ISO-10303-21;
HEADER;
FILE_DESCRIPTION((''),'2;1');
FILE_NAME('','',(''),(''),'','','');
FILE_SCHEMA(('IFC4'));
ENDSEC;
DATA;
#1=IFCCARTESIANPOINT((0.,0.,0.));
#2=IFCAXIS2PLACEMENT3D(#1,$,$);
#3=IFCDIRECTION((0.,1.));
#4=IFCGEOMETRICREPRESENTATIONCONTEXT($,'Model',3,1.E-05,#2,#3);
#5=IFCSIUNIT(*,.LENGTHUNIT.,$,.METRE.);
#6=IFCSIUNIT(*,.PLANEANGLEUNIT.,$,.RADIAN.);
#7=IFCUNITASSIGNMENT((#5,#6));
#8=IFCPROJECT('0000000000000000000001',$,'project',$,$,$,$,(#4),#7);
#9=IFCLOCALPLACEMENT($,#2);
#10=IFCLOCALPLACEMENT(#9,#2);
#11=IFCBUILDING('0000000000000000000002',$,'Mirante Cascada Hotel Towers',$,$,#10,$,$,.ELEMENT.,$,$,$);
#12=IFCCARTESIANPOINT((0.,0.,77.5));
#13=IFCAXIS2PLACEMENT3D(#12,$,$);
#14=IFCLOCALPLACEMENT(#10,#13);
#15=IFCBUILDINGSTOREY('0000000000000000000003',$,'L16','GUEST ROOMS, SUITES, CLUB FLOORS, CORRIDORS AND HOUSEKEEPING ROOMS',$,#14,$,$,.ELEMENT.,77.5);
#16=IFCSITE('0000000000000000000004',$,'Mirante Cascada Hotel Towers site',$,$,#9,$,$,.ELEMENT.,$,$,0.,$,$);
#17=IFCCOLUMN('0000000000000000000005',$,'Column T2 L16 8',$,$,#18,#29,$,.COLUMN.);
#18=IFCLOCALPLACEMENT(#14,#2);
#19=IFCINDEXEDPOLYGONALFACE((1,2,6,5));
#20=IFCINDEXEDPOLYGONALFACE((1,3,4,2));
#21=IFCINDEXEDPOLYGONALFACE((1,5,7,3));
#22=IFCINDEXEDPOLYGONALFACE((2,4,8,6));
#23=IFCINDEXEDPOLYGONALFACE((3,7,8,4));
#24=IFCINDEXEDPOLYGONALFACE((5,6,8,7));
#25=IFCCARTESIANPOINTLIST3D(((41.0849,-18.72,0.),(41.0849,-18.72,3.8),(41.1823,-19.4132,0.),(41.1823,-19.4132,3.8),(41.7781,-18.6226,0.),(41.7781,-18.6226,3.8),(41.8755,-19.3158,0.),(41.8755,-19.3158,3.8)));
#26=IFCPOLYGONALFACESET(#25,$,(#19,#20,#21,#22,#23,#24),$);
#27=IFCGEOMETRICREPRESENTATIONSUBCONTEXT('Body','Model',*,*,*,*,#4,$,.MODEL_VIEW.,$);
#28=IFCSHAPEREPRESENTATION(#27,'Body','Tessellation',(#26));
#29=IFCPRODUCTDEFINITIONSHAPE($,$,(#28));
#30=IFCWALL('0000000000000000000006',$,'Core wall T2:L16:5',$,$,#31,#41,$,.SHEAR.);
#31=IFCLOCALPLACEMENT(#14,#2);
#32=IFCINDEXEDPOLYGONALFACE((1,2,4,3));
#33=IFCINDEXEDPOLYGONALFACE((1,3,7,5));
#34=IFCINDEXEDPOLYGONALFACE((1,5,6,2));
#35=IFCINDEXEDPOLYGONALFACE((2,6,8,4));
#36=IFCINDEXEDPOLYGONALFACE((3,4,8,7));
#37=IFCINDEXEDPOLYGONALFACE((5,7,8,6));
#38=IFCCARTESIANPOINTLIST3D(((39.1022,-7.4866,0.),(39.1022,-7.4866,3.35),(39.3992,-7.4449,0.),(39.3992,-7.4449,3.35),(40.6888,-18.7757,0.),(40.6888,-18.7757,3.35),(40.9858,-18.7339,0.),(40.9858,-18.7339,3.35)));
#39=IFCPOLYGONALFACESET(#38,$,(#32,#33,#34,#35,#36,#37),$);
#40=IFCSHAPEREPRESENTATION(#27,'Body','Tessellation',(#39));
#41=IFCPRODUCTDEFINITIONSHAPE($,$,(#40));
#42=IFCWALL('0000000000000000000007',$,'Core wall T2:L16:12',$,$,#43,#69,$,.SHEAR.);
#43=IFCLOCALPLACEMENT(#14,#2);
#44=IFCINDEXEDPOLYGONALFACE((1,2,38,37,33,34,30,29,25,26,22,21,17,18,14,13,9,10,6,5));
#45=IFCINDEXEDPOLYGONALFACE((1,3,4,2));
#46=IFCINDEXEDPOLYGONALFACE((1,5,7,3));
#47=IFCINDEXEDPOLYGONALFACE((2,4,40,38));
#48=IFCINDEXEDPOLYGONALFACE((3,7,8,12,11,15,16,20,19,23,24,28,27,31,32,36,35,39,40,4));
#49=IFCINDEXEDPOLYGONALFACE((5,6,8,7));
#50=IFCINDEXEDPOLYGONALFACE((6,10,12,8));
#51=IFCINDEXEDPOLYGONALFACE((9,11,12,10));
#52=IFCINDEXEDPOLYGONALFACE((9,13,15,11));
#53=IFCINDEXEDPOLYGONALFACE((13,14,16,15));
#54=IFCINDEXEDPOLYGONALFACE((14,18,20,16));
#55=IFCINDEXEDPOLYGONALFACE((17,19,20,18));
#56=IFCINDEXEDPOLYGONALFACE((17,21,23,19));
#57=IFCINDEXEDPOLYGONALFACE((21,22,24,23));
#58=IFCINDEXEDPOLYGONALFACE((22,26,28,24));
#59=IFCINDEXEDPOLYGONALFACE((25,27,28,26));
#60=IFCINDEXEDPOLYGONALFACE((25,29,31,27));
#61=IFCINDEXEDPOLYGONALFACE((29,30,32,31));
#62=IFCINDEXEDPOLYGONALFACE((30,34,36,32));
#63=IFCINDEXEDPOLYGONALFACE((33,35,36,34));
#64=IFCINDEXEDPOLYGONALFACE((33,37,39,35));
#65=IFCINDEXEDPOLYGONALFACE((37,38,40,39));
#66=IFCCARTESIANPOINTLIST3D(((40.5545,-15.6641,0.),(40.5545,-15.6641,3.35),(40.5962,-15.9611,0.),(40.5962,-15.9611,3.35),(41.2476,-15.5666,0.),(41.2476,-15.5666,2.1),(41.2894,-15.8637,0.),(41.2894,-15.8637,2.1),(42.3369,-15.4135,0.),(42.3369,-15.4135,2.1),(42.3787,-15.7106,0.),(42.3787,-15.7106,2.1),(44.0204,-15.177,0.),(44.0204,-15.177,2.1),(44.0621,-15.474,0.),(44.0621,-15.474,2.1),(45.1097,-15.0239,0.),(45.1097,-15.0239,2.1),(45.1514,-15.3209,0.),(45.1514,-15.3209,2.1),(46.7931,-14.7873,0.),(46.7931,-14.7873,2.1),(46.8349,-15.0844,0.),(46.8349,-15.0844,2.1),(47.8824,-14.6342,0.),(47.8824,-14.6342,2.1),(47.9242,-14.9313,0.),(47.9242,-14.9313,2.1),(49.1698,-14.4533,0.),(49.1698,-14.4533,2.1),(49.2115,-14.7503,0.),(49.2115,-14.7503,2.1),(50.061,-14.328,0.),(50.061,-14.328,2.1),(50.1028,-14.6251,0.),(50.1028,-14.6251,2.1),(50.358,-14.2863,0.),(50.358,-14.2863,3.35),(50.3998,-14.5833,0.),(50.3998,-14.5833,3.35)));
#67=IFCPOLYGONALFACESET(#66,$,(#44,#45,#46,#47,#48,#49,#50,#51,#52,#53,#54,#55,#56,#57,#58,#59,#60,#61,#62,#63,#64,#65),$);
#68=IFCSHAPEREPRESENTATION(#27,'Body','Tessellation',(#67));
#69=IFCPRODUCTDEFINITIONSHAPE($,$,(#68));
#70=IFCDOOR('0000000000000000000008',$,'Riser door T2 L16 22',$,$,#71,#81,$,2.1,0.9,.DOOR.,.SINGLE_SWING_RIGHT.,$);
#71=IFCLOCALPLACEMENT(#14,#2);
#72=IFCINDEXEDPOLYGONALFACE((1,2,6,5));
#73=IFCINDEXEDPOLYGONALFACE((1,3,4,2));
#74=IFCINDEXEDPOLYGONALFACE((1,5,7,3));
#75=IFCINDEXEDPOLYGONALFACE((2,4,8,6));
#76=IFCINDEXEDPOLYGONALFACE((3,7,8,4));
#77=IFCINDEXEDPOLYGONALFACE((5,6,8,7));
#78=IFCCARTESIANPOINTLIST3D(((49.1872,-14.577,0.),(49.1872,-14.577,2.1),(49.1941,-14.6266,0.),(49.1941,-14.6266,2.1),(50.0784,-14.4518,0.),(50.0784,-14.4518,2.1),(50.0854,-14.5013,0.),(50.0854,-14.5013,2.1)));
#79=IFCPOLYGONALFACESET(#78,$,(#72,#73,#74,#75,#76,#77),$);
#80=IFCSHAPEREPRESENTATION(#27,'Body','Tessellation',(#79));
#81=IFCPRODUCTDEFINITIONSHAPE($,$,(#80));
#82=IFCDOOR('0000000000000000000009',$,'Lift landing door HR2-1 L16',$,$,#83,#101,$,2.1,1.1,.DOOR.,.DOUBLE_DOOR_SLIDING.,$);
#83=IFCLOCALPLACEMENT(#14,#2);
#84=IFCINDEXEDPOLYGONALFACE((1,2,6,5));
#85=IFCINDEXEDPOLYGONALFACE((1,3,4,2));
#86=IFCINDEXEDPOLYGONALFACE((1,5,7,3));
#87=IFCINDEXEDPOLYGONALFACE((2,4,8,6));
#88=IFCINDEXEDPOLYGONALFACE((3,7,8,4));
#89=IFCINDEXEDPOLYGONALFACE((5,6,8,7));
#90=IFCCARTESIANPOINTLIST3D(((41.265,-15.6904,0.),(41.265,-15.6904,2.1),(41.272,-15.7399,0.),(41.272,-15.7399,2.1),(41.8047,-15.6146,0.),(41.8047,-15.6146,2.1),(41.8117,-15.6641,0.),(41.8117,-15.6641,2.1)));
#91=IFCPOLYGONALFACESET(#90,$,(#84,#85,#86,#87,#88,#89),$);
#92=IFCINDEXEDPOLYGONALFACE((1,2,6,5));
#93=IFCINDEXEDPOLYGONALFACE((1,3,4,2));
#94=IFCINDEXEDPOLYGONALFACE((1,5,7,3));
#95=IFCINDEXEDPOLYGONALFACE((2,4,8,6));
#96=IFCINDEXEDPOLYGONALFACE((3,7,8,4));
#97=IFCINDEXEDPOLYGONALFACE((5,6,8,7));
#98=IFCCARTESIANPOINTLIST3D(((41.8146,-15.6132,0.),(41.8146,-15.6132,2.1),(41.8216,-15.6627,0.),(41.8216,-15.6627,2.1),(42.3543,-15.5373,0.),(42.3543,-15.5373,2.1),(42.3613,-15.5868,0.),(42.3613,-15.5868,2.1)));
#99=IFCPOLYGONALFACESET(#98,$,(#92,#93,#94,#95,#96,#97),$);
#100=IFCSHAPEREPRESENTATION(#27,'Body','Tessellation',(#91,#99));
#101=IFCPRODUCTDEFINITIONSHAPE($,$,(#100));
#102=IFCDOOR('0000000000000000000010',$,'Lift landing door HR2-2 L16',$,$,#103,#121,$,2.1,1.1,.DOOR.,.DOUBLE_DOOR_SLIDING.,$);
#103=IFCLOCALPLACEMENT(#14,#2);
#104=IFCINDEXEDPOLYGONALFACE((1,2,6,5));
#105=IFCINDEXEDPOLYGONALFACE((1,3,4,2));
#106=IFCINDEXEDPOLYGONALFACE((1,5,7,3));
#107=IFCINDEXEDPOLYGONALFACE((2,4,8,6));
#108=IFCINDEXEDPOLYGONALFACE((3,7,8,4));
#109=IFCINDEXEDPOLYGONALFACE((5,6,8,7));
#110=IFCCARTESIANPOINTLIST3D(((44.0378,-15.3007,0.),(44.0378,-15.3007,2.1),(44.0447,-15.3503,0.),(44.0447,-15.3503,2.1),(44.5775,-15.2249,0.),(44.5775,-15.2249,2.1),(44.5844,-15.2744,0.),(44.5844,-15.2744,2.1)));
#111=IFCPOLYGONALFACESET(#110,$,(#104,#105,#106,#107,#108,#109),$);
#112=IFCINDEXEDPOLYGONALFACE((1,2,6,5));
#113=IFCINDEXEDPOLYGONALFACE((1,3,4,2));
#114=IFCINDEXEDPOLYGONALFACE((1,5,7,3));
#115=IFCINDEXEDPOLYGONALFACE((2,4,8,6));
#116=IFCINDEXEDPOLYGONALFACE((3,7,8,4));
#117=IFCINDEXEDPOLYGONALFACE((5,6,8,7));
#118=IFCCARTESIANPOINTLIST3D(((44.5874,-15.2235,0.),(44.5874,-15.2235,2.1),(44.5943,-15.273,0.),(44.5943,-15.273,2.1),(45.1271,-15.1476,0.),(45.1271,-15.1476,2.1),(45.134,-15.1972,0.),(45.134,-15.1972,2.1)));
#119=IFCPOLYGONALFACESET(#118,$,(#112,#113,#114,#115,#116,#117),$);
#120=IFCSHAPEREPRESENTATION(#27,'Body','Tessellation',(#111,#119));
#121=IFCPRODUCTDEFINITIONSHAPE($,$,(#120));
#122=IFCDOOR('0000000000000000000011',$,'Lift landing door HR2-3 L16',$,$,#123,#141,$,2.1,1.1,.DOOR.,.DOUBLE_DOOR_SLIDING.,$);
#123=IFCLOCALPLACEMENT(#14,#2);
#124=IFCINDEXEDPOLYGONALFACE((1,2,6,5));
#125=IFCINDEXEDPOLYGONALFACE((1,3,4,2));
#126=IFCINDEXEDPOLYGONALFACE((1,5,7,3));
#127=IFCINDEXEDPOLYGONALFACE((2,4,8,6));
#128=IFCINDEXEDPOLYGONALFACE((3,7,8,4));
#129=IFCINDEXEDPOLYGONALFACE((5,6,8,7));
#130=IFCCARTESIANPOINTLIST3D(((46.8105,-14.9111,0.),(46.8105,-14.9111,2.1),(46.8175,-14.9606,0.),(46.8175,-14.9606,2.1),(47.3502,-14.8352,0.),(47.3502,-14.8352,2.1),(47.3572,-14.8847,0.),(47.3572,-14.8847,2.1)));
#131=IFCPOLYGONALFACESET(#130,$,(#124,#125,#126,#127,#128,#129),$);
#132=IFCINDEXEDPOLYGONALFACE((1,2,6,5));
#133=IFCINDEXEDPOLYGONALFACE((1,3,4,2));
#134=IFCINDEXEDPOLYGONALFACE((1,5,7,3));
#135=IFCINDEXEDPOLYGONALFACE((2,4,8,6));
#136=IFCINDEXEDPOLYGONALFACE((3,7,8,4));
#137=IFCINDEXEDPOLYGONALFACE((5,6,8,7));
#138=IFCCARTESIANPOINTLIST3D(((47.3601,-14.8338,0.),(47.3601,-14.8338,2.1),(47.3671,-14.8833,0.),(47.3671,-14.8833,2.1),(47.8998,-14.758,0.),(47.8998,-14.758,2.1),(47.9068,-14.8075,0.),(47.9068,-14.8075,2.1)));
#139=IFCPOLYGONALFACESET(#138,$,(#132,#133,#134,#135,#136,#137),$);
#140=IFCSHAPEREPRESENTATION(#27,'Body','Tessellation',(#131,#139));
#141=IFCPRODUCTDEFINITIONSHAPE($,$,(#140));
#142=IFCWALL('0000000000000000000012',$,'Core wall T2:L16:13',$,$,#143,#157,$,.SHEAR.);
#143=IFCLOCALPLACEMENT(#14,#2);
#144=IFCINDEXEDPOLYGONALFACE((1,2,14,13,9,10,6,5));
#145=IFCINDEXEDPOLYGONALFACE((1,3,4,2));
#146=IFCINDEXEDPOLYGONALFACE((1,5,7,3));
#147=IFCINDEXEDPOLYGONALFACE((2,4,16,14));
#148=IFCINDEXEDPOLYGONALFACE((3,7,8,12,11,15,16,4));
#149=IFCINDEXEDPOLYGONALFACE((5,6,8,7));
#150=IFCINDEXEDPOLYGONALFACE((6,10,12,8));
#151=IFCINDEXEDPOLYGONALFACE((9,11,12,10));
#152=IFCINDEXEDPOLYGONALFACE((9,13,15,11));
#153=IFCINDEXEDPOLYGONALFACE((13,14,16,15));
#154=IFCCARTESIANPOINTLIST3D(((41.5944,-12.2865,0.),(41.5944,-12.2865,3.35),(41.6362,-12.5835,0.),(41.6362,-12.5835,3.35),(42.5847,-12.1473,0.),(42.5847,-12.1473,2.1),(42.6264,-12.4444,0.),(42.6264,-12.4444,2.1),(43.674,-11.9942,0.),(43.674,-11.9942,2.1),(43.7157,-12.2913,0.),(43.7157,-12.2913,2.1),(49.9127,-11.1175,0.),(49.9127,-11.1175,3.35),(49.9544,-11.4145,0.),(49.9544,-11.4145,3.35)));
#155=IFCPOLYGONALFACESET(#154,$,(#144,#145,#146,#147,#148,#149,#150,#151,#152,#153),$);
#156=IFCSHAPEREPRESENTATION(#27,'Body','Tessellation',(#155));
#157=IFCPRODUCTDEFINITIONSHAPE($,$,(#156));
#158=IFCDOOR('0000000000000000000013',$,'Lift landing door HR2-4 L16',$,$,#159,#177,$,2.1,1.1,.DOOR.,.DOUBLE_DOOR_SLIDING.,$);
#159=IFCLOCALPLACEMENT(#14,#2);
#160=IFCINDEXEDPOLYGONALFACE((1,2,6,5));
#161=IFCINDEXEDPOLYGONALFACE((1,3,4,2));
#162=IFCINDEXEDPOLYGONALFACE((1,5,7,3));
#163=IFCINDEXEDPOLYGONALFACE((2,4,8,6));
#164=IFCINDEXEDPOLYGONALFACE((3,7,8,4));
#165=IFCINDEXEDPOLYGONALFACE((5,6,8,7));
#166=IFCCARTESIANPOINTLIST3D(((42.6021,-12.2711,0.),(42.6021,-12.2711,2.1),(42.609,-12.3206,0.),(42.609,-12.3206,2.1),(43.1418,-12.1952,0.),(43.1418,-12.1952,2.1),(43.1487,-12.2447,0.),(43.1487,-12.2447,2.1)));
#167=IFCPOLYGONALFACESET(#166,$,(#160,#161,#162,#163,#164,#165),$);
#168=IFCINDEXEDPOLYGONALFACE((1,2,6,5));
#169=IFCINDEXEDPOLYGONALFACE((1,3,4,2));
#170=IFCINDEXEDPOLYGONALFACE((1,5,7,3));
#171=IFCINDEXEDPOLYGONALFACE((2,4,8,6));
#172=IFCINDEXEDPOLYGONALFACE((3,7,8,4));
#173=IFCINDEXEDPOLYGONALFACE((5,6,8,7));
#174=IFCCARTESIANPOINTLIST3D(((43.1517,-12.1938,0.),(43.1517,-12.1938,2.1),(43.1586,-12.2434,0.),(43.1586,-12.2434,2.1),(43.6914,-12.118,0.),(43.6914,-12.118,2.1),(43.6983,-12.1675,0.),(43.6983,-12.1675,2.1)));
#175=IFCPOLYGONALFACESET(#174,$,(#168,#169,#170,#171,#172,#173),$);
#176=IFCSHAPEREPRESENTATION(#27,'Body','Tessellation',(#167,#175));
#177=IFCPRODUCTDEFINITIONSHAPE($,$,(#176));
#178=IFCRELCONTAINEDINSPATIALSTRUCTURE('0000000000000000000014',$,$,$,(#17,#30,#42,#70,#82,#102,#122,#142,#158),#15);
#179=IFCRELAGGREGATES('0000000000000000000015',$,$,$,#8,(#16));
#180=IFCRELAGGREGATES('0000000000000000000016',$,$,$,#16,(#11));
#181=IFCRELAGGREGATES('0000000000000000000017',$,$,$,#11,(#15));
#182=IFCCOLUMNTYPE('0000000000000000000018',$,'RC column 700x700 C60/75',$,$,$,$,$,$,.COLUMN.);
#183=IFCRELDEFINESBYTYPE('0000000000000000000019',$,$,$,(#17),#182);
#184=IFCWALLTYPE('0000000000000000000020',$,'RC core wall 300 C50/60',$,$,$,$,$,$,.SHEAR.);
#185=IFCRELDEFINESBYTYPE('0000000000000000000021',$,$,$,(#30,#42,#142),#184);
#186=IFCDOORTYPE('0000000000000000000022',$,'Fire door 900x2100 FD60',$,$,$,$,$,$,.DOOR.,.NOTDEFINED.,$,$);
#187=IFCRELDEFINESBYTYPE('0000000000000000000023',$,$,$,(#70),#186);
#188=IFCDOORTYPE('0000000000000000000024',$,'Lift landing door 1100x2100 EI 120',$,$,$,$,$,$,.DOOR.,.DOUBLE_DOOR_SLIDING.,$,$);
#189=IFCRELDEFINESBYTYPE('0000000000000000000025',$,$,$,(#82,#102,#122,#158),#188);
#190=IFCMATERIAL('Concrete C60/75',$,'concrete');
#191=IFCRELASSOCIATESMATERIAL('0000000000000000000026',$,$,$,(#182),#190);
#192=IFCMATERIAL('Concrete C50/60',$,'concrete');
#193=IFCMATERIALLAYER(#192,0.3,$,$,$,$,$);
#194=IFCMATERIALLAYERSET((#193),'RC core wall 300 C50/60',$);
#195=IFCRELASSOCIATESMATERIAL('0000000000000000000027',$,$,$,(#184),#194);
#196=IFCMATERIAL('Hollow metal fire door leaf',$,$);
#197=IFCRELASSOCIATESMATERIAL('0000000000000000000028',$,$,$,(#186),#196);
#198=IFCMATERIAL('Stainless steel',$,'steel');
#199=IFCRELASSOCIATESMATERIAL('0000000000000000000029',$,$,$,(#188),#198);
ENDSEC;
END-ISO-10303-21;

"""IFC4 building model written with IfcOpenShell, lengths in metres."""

from ifc_helpers import new_model, si_unit, direction, frame, frame_2d, origin, origin_2d, place, context, subcontext, project, spatial, rectangle, extrude, material, layer, layer_set, material_profile, profile_set, type_object, element, fill, save


model = new_model("IFC4")

# Units and contexts
model_context = context("Model", 3, precision=1e-05, world=origin(), true_north=direction((0.0, 1.0)))
body_context = subcontext(model_context, "Body", "Model", "MODEL_VIEW")
ifc_project = project(units=[si_unit("LENGTHUNIT", "METRE"), si_unit("PLANEANGLEUNIT", "RADIAN")], contexts=[model_context])

# Site, building, storey
site_placement = place(None, origin())
site = spatial("IfcSite", under=ifc_project, at=site_placement, Name="Mirante Cascada Hotel Towers site", CompositionType="ELEMENT", RefElevation=0.0)
building_placement = place(site_placement, origin())
building = spatial("IfcBuilding", under=site, at=building_placement, Name="Mirante Cascada Hotel Towers", CompositionType="ELEMENT")
storey_placement = place(building_placement, frame((0.0, 0.0, 77.5)))
storey = spatial("IfcBuildingStorey", under=building, at=storey_placement, Name="L16", Description="GUEST ROOMS, SUITES, CLUB FLOORS, CORRIDORS AND HOUSEKEEPING ROOMS", CompositionType="ELEMENT", Elevation=77.5)

# Column
ifc_material_1 = material(Name="Concrete C60/75", Category="concrete")
ifc_material_profile = material_profile(ifc_material_1, rectangle(XDim=0.7, YDim=0.7, at=origin_2d()), Name="RC column 700x700 C60/75")
ifc_profile_set = profile_set([ifc_material_profile], Name="Concrete C60/75")
column_type = type_object("IfcColumnType", Name="RC column 700x700 C60/75", PredefinedType="COLUMN", material=ifc_profile_set)
column_placement = place(storey_placement, frame((41.4802, -19.0179, 0.0), z_axis=(0.0, 0.0, 1.0), x_axis=(0.990268, 0.139173, 0.0)))
element("IfcColumn", 1, at=column_placement, inside=storey, type_object=column_type, Name="Column T2 L16 8", PredefinedType="COLUMN", context=body_context, shape_type="SweptSolid", body=[
    extrude(rectangle(XDim=0.7, YDim=0.7, at=origin_2d()), origin(), (0.0, 0.0, 1.0), 3.8),
])

# Wall
ifc_material_2 = material(Name="Concrete C50/60", Category="concrete")
ifc_layer_1 = layer(ifc_material_2, 0.3)
ifc_layer_set_1 = layer_set([ifc_layer_1], Name="RC core wall 300 C50/60")
wall_type_1 = type_object("IfcWallType", Name="RC core wall 300 C50/60", PredefinedType="SHEAR", material=ifc_layer_set_1)
wall_1_placement = place(storey_placement, frame((40.8373, -18.7548, 0.0), z_axis=(0.0, 0.0, 1.0), x_axis=(-0.139175, 0.990268, 0.0)))
element("IfcWall", 2, at=wall_1_placement, inside=storey, type_object=wall_type_1, Name="Core wall T2:L16:5", PredefinedType="SHEAR", context=body_context, shape_type="SweptSolid", body=[
    extrude(rectangle(XDim=11.4, YDim=0.3, at=frame_2d((5.7, 0.0))), origin(), (0.0, 0.0, 1.0), 3.35),
])

# Wall, openings, doors
wall_2_placement = place(storey_placement, frame((40.5753, -15.8126, 0.0), z_axis=(0.0, 0.0, 1.0), x_axis=(0.990268, 0.139173, 0.0)))
wall_2 = element("IfcWall", 3, at=wall_2_placement, inside=storey, type_object=wall_type_1, Name="Core wall T2:L16:12", PredefinedType="SHEAR", context=body_context, shape_type="SweptSolid", body=[
    extrude(rectangle(XDim=9.8999, YDim=0.3, at=frame_2d((4.95, 0.0))), origin(), (0.0, 0.0, 1.0), 3.35),
])
opening_1_placement = place(wall_2_placement, frame((0.7, 0.0, 0.0)))
opening_1 = element("IfcOpeningElement", 4, at=opening_1_placement, cuts=wall_2, PredefinedType="OPENING", context=body_context, shape_type="SweptSolid", body=[
    extrude(rectangle(XDim=1.1, YDim=2.1, at=frame_2d((0.55, 1.05))), frame((0.0, 0.15, 0.0), z_axis=(0.0, -1.0, 0.0), x_axis=(1.0, 0.0, 0.0)), (0.0, 0.0, 1.0), 0.3),
])
opening_2_placement = place(wall_2_placement, frame((3.5, 0.0, 0.0)))
opening_2 = element("IfcOpeningElement", 5, at=opening_2_placement, cuts=wall_2, PredefinedType="OPENING", context=body_context, shape_type="SweptSolid", body=[
    extrude(rectangle(XDim=1.1, YDim=2.1, at=frame_2d((0.55, 1.05))), frame((0.0, 0.15, 0.0), z_axis=(0.0, -1.0, 0.0), x_axis=(1.0, 0.0, 0.0)), (0.0, 0.0, 1.0), 0.3),
])
opening_3_placement = place(wall_2_placement, frame((6.3, 0.0, 0.0)))
opening_3 = element("IfcOpeningElement", 6, at=opening_3_placement, cuts=wall_2, PredefinedType="OPENING", context=body_context, shape_type="SweptSolid", body=[
    extrude(rectangle(XDim=1.1, YDim=2.1, at=frame_2d((0.55, 1.05))), frame((0.0, 0.15, 0.0), z_axis=(0.0, -1.0, 0.0), x_axis=(1.0, 0.0, 0.0)), (0.0, 0.0, 1.0), 0.3),
])
opening_4_placement = place(wall_2_placement, frame((8.7, 0.0, 0.0)))
opening_4 = element("IfcOpeningElement", 7, at=opening_4_placement, cuts=wall_2, PredefinedType="OPENING", context=body_context, shape_type="SweptSolid", body=[
    extrude(rectangle(XDim=0.9, YDim=2.1, at=frame_2d((0.45, 1.05))), frame((0.0, 0.15, 0.0), z_axis=(0.0, -1.0, 0.0), x_axis=(1.0, 0.0, 0.0)), (0.0, 0.0, 1.0), 0.3),
])
ifc_material_3 = material(Name="Hollow metal fire door leaf")
door_type_1 = type_object("IfcDoorType", Name="Fire door 900x2100 FD60", OperationType="NOTDEFINED", PredefinedType="DOOR", material=ifc_material_3)
door_1_placement = place(opening_4_placement, frame((0.9, 0.0, 0.0), z_axis=(0.0, 0.0, 1.0), x_axis=(-1.0, 0.0, 0.0)))
door_1 = element("IfcDoor", 8, at=door_1_placement, inside=storey, type_object=door_type_1, Name="Riser door T2 L16 22", OperationType="SINGLE_SWING_RIGHT", OverallHeight=2.1, OverallWidth=0.9, PredefinedType="DOOR", context=body_context, shape_type="SweptSolid", body=[
    extrude(rectangle(XDim=0.9, YDim=2.1, at=frame_2d((0.45, 1.05))), frame((0.0, 0.025, 0.0), z_axis=(0.0, -1.0, 0.0), x_axis=(1.0, 0.0, 0.0)), (0.0, 0.0, 1.0), 0.05),
])
fill(opening_4, door_1)
ifc_material_4 = material(Name="Stainless steel", Category="steel")
door_type_2 = type_object("IfcDoorType", Name="Lift landing door 1100x2100 EI 120", OperationType="DOUBLE_DOOR_SLIDING", PredefinedType="DOOR", material=ifc_material_4)
door_2_placement = place(opening_1_placement, origin())
door_2 = element("IfcDoor", 9, at=door_2_placement, inside=storey, type_object=door_type_2, Name="Lift landing door HR2-1 L16", OperationType="DOUBLE_DOOR_SLIDING", OverallHeight=2.1, OverallWidth=1.1, PredefinedType="DOOR", context=body_context, shape_type="SweptSolid", body=[
    extrude(rectangle(XDim=0.545, YDim=2.1, at=frame_2d((0.2725, 1.05))), frame((0.0, 0.025, 0.0), z_axis=(0.0, -1.0, 0.0), x_axis=(1.0, 0.0, 0.0)), (0.0, 0.0, 1.0), 0.05),
    extrude(rectangle(XDim=0.545, YDim=2.1, at=frame_2d((0.8275, 1.05))), frame((0.0, 0.025, 0.0), z_axis=(0.0, -1.0, 0.0), x_axis=(1.0, 0.0, 0.0)), (0.0, 0.0, 1.0), 0.05),
])
fill(opening_1, door_2)
door_3_placement = place(opening_2_placement, origin())
door_3 = element("IfcDoor", 10, at=door_3_placement, inside=storey, type_object=door_type_2, Name="Lift landing door HR2-2 L16", OperationType="DOUBLE_DOOR_SLIDING", OverallHeight=2.1, OverallWidth=1.1, PredefinedType="DOOR", context=body_context, shape_type="SweptSolid", body=[
    extrude(rectangle(XDim=0.545, YDim=2.1, at=frame_2d((0.2725, 1.05))), frame((0.0, 0.025, 0.0), z_axis=(0.0, -1.0, 0.0), x_axis=(1.0, 0.0, 0.0)), (0.0, 0.0, 1.0), 0.05),
    extrude(rectangle(XDim=0.545, YDim=2.1, at=frame_2d((0.8275, 1.05))), frame((0.0, 0.025, 0.0), z_axis=(0.0, -1.0, 0.0), x_axis=(1.0, 0.0, 0.0)), (0.0, 0.0, 1.0), 0.05),
])
fill(opening_2, door_3)
door_4_placement = place(opening_3_placement, origin())
door_4 = element("IfcDoor", 11, at=door_4_placement, inside=storey, type_object=door_type_2, Name="Lift landing door HR2-3 L16", OperationType="DOUBLE_DOOR_SLIDING", OverallHeight=2.1, OverallWidth=1.1, PredefinedType="DOOR", context=body_context, shape_type="SweptSolid", body=[
    extrude(rectangle(XDim=0.545, YDim=2.1, at=frame_2d((0.2725, 1.05))), frame((0.0, 0.025, 0.0), z_axis=(0.0, -1.0, 0.0), x_axis=(1.0, 0.0, 0.0)), (0.0, 0.0, 1.0), 0.05),
    extrude(rectangle(XDim=0.545, YDim=2.1, at=frame_2d((0.8275, 1.05))), frame((0.0, 0.025, 0.0), z_axis=(0.0, -1.0, 0.0), x_axis=(1.0, 0.0, 0.0)), (0.0, 0.0, 1.0), 0.05),
])
fill(opening_3, door_4)

# Wall, opening, door
wall_3_placement = place(storey_placement, frame((41.6153, -12.435, 0.0), z_axis=(0.0, 0.0, 1.0), x_axis=(0.990269, 0.139166, 0.0)))
wall_3 = element("IfcWall", 12, at=wall_3_placement, inside=storey, type_object=wall_type_1, Name="Core wall T2:L16:13", PredefinedType="SHEAR", context=body_context, shape_type="SweptSolid", body=[
    extrude(rectangle(XDim=8.4, YDim=0.3, at=frame_2d((4.2, 0.0))), origin(), (0.0, 0.0, 1.0), 3.35),
])
opening_5_placement = place(wall_3_placement, frame((1.0, 0.0, 0.0)))
opening_5 = element("IfcOpeningElement", 13, at=opening_5_placement, cuts=wall_3, PredefinedType="OPENING", context=body_context, shape_type="SweptSolid", body=[
    extrude(rectangle(XDim=1.1, YDim=2.1, at=frame_2d((0.55, 1.05))), frame((0.0, 0.15, 0.0), z_axis=(0.0, -1.0, 0.0), x_axis=(1.0, 0.0, 0.0)), (0.0, 0.0, 1.0), 0.3),
])
door_5_placement = place(opening_5_placement, origin())
door_5 = element("IfcDoor", 14, at=door_5_placement, inside=storey, type_object=door_type_2, Name="Lift landing door HR2-4 L16", OperationType="DOUBLE_DOOR_SLIDING", OverallHeight=2.1, OverallWidth=1.1, PredefinedType="DOOR", context=body_context, shape_type="SweptSolid", body=[
    extrude(rectangle(XDim=0.545, YDim=2.1, at=frame_2d((0.2725, 1.05))), frame((0.0, 0.025, 0.0), z_axis=(0.0, -1.0, 0.0), x_axis=(1.0, 0.0, 0.0)), (0.0, 0.0, 1.0), 0.05),
    extrude(rectangle(XDim=0.545, YDim=2.1, at=frame_2d((0.8275, 1.05))), frame((0.0, 0.025, 0.0), z_axis=(0.0, -1.0, 0.0), x_axis=(1.0, 0.0, 0.0)), (0.0, 0.0, 1.0), 0.05),
])
fill(opening_5, door_5)

save(model, "model.ifc")
